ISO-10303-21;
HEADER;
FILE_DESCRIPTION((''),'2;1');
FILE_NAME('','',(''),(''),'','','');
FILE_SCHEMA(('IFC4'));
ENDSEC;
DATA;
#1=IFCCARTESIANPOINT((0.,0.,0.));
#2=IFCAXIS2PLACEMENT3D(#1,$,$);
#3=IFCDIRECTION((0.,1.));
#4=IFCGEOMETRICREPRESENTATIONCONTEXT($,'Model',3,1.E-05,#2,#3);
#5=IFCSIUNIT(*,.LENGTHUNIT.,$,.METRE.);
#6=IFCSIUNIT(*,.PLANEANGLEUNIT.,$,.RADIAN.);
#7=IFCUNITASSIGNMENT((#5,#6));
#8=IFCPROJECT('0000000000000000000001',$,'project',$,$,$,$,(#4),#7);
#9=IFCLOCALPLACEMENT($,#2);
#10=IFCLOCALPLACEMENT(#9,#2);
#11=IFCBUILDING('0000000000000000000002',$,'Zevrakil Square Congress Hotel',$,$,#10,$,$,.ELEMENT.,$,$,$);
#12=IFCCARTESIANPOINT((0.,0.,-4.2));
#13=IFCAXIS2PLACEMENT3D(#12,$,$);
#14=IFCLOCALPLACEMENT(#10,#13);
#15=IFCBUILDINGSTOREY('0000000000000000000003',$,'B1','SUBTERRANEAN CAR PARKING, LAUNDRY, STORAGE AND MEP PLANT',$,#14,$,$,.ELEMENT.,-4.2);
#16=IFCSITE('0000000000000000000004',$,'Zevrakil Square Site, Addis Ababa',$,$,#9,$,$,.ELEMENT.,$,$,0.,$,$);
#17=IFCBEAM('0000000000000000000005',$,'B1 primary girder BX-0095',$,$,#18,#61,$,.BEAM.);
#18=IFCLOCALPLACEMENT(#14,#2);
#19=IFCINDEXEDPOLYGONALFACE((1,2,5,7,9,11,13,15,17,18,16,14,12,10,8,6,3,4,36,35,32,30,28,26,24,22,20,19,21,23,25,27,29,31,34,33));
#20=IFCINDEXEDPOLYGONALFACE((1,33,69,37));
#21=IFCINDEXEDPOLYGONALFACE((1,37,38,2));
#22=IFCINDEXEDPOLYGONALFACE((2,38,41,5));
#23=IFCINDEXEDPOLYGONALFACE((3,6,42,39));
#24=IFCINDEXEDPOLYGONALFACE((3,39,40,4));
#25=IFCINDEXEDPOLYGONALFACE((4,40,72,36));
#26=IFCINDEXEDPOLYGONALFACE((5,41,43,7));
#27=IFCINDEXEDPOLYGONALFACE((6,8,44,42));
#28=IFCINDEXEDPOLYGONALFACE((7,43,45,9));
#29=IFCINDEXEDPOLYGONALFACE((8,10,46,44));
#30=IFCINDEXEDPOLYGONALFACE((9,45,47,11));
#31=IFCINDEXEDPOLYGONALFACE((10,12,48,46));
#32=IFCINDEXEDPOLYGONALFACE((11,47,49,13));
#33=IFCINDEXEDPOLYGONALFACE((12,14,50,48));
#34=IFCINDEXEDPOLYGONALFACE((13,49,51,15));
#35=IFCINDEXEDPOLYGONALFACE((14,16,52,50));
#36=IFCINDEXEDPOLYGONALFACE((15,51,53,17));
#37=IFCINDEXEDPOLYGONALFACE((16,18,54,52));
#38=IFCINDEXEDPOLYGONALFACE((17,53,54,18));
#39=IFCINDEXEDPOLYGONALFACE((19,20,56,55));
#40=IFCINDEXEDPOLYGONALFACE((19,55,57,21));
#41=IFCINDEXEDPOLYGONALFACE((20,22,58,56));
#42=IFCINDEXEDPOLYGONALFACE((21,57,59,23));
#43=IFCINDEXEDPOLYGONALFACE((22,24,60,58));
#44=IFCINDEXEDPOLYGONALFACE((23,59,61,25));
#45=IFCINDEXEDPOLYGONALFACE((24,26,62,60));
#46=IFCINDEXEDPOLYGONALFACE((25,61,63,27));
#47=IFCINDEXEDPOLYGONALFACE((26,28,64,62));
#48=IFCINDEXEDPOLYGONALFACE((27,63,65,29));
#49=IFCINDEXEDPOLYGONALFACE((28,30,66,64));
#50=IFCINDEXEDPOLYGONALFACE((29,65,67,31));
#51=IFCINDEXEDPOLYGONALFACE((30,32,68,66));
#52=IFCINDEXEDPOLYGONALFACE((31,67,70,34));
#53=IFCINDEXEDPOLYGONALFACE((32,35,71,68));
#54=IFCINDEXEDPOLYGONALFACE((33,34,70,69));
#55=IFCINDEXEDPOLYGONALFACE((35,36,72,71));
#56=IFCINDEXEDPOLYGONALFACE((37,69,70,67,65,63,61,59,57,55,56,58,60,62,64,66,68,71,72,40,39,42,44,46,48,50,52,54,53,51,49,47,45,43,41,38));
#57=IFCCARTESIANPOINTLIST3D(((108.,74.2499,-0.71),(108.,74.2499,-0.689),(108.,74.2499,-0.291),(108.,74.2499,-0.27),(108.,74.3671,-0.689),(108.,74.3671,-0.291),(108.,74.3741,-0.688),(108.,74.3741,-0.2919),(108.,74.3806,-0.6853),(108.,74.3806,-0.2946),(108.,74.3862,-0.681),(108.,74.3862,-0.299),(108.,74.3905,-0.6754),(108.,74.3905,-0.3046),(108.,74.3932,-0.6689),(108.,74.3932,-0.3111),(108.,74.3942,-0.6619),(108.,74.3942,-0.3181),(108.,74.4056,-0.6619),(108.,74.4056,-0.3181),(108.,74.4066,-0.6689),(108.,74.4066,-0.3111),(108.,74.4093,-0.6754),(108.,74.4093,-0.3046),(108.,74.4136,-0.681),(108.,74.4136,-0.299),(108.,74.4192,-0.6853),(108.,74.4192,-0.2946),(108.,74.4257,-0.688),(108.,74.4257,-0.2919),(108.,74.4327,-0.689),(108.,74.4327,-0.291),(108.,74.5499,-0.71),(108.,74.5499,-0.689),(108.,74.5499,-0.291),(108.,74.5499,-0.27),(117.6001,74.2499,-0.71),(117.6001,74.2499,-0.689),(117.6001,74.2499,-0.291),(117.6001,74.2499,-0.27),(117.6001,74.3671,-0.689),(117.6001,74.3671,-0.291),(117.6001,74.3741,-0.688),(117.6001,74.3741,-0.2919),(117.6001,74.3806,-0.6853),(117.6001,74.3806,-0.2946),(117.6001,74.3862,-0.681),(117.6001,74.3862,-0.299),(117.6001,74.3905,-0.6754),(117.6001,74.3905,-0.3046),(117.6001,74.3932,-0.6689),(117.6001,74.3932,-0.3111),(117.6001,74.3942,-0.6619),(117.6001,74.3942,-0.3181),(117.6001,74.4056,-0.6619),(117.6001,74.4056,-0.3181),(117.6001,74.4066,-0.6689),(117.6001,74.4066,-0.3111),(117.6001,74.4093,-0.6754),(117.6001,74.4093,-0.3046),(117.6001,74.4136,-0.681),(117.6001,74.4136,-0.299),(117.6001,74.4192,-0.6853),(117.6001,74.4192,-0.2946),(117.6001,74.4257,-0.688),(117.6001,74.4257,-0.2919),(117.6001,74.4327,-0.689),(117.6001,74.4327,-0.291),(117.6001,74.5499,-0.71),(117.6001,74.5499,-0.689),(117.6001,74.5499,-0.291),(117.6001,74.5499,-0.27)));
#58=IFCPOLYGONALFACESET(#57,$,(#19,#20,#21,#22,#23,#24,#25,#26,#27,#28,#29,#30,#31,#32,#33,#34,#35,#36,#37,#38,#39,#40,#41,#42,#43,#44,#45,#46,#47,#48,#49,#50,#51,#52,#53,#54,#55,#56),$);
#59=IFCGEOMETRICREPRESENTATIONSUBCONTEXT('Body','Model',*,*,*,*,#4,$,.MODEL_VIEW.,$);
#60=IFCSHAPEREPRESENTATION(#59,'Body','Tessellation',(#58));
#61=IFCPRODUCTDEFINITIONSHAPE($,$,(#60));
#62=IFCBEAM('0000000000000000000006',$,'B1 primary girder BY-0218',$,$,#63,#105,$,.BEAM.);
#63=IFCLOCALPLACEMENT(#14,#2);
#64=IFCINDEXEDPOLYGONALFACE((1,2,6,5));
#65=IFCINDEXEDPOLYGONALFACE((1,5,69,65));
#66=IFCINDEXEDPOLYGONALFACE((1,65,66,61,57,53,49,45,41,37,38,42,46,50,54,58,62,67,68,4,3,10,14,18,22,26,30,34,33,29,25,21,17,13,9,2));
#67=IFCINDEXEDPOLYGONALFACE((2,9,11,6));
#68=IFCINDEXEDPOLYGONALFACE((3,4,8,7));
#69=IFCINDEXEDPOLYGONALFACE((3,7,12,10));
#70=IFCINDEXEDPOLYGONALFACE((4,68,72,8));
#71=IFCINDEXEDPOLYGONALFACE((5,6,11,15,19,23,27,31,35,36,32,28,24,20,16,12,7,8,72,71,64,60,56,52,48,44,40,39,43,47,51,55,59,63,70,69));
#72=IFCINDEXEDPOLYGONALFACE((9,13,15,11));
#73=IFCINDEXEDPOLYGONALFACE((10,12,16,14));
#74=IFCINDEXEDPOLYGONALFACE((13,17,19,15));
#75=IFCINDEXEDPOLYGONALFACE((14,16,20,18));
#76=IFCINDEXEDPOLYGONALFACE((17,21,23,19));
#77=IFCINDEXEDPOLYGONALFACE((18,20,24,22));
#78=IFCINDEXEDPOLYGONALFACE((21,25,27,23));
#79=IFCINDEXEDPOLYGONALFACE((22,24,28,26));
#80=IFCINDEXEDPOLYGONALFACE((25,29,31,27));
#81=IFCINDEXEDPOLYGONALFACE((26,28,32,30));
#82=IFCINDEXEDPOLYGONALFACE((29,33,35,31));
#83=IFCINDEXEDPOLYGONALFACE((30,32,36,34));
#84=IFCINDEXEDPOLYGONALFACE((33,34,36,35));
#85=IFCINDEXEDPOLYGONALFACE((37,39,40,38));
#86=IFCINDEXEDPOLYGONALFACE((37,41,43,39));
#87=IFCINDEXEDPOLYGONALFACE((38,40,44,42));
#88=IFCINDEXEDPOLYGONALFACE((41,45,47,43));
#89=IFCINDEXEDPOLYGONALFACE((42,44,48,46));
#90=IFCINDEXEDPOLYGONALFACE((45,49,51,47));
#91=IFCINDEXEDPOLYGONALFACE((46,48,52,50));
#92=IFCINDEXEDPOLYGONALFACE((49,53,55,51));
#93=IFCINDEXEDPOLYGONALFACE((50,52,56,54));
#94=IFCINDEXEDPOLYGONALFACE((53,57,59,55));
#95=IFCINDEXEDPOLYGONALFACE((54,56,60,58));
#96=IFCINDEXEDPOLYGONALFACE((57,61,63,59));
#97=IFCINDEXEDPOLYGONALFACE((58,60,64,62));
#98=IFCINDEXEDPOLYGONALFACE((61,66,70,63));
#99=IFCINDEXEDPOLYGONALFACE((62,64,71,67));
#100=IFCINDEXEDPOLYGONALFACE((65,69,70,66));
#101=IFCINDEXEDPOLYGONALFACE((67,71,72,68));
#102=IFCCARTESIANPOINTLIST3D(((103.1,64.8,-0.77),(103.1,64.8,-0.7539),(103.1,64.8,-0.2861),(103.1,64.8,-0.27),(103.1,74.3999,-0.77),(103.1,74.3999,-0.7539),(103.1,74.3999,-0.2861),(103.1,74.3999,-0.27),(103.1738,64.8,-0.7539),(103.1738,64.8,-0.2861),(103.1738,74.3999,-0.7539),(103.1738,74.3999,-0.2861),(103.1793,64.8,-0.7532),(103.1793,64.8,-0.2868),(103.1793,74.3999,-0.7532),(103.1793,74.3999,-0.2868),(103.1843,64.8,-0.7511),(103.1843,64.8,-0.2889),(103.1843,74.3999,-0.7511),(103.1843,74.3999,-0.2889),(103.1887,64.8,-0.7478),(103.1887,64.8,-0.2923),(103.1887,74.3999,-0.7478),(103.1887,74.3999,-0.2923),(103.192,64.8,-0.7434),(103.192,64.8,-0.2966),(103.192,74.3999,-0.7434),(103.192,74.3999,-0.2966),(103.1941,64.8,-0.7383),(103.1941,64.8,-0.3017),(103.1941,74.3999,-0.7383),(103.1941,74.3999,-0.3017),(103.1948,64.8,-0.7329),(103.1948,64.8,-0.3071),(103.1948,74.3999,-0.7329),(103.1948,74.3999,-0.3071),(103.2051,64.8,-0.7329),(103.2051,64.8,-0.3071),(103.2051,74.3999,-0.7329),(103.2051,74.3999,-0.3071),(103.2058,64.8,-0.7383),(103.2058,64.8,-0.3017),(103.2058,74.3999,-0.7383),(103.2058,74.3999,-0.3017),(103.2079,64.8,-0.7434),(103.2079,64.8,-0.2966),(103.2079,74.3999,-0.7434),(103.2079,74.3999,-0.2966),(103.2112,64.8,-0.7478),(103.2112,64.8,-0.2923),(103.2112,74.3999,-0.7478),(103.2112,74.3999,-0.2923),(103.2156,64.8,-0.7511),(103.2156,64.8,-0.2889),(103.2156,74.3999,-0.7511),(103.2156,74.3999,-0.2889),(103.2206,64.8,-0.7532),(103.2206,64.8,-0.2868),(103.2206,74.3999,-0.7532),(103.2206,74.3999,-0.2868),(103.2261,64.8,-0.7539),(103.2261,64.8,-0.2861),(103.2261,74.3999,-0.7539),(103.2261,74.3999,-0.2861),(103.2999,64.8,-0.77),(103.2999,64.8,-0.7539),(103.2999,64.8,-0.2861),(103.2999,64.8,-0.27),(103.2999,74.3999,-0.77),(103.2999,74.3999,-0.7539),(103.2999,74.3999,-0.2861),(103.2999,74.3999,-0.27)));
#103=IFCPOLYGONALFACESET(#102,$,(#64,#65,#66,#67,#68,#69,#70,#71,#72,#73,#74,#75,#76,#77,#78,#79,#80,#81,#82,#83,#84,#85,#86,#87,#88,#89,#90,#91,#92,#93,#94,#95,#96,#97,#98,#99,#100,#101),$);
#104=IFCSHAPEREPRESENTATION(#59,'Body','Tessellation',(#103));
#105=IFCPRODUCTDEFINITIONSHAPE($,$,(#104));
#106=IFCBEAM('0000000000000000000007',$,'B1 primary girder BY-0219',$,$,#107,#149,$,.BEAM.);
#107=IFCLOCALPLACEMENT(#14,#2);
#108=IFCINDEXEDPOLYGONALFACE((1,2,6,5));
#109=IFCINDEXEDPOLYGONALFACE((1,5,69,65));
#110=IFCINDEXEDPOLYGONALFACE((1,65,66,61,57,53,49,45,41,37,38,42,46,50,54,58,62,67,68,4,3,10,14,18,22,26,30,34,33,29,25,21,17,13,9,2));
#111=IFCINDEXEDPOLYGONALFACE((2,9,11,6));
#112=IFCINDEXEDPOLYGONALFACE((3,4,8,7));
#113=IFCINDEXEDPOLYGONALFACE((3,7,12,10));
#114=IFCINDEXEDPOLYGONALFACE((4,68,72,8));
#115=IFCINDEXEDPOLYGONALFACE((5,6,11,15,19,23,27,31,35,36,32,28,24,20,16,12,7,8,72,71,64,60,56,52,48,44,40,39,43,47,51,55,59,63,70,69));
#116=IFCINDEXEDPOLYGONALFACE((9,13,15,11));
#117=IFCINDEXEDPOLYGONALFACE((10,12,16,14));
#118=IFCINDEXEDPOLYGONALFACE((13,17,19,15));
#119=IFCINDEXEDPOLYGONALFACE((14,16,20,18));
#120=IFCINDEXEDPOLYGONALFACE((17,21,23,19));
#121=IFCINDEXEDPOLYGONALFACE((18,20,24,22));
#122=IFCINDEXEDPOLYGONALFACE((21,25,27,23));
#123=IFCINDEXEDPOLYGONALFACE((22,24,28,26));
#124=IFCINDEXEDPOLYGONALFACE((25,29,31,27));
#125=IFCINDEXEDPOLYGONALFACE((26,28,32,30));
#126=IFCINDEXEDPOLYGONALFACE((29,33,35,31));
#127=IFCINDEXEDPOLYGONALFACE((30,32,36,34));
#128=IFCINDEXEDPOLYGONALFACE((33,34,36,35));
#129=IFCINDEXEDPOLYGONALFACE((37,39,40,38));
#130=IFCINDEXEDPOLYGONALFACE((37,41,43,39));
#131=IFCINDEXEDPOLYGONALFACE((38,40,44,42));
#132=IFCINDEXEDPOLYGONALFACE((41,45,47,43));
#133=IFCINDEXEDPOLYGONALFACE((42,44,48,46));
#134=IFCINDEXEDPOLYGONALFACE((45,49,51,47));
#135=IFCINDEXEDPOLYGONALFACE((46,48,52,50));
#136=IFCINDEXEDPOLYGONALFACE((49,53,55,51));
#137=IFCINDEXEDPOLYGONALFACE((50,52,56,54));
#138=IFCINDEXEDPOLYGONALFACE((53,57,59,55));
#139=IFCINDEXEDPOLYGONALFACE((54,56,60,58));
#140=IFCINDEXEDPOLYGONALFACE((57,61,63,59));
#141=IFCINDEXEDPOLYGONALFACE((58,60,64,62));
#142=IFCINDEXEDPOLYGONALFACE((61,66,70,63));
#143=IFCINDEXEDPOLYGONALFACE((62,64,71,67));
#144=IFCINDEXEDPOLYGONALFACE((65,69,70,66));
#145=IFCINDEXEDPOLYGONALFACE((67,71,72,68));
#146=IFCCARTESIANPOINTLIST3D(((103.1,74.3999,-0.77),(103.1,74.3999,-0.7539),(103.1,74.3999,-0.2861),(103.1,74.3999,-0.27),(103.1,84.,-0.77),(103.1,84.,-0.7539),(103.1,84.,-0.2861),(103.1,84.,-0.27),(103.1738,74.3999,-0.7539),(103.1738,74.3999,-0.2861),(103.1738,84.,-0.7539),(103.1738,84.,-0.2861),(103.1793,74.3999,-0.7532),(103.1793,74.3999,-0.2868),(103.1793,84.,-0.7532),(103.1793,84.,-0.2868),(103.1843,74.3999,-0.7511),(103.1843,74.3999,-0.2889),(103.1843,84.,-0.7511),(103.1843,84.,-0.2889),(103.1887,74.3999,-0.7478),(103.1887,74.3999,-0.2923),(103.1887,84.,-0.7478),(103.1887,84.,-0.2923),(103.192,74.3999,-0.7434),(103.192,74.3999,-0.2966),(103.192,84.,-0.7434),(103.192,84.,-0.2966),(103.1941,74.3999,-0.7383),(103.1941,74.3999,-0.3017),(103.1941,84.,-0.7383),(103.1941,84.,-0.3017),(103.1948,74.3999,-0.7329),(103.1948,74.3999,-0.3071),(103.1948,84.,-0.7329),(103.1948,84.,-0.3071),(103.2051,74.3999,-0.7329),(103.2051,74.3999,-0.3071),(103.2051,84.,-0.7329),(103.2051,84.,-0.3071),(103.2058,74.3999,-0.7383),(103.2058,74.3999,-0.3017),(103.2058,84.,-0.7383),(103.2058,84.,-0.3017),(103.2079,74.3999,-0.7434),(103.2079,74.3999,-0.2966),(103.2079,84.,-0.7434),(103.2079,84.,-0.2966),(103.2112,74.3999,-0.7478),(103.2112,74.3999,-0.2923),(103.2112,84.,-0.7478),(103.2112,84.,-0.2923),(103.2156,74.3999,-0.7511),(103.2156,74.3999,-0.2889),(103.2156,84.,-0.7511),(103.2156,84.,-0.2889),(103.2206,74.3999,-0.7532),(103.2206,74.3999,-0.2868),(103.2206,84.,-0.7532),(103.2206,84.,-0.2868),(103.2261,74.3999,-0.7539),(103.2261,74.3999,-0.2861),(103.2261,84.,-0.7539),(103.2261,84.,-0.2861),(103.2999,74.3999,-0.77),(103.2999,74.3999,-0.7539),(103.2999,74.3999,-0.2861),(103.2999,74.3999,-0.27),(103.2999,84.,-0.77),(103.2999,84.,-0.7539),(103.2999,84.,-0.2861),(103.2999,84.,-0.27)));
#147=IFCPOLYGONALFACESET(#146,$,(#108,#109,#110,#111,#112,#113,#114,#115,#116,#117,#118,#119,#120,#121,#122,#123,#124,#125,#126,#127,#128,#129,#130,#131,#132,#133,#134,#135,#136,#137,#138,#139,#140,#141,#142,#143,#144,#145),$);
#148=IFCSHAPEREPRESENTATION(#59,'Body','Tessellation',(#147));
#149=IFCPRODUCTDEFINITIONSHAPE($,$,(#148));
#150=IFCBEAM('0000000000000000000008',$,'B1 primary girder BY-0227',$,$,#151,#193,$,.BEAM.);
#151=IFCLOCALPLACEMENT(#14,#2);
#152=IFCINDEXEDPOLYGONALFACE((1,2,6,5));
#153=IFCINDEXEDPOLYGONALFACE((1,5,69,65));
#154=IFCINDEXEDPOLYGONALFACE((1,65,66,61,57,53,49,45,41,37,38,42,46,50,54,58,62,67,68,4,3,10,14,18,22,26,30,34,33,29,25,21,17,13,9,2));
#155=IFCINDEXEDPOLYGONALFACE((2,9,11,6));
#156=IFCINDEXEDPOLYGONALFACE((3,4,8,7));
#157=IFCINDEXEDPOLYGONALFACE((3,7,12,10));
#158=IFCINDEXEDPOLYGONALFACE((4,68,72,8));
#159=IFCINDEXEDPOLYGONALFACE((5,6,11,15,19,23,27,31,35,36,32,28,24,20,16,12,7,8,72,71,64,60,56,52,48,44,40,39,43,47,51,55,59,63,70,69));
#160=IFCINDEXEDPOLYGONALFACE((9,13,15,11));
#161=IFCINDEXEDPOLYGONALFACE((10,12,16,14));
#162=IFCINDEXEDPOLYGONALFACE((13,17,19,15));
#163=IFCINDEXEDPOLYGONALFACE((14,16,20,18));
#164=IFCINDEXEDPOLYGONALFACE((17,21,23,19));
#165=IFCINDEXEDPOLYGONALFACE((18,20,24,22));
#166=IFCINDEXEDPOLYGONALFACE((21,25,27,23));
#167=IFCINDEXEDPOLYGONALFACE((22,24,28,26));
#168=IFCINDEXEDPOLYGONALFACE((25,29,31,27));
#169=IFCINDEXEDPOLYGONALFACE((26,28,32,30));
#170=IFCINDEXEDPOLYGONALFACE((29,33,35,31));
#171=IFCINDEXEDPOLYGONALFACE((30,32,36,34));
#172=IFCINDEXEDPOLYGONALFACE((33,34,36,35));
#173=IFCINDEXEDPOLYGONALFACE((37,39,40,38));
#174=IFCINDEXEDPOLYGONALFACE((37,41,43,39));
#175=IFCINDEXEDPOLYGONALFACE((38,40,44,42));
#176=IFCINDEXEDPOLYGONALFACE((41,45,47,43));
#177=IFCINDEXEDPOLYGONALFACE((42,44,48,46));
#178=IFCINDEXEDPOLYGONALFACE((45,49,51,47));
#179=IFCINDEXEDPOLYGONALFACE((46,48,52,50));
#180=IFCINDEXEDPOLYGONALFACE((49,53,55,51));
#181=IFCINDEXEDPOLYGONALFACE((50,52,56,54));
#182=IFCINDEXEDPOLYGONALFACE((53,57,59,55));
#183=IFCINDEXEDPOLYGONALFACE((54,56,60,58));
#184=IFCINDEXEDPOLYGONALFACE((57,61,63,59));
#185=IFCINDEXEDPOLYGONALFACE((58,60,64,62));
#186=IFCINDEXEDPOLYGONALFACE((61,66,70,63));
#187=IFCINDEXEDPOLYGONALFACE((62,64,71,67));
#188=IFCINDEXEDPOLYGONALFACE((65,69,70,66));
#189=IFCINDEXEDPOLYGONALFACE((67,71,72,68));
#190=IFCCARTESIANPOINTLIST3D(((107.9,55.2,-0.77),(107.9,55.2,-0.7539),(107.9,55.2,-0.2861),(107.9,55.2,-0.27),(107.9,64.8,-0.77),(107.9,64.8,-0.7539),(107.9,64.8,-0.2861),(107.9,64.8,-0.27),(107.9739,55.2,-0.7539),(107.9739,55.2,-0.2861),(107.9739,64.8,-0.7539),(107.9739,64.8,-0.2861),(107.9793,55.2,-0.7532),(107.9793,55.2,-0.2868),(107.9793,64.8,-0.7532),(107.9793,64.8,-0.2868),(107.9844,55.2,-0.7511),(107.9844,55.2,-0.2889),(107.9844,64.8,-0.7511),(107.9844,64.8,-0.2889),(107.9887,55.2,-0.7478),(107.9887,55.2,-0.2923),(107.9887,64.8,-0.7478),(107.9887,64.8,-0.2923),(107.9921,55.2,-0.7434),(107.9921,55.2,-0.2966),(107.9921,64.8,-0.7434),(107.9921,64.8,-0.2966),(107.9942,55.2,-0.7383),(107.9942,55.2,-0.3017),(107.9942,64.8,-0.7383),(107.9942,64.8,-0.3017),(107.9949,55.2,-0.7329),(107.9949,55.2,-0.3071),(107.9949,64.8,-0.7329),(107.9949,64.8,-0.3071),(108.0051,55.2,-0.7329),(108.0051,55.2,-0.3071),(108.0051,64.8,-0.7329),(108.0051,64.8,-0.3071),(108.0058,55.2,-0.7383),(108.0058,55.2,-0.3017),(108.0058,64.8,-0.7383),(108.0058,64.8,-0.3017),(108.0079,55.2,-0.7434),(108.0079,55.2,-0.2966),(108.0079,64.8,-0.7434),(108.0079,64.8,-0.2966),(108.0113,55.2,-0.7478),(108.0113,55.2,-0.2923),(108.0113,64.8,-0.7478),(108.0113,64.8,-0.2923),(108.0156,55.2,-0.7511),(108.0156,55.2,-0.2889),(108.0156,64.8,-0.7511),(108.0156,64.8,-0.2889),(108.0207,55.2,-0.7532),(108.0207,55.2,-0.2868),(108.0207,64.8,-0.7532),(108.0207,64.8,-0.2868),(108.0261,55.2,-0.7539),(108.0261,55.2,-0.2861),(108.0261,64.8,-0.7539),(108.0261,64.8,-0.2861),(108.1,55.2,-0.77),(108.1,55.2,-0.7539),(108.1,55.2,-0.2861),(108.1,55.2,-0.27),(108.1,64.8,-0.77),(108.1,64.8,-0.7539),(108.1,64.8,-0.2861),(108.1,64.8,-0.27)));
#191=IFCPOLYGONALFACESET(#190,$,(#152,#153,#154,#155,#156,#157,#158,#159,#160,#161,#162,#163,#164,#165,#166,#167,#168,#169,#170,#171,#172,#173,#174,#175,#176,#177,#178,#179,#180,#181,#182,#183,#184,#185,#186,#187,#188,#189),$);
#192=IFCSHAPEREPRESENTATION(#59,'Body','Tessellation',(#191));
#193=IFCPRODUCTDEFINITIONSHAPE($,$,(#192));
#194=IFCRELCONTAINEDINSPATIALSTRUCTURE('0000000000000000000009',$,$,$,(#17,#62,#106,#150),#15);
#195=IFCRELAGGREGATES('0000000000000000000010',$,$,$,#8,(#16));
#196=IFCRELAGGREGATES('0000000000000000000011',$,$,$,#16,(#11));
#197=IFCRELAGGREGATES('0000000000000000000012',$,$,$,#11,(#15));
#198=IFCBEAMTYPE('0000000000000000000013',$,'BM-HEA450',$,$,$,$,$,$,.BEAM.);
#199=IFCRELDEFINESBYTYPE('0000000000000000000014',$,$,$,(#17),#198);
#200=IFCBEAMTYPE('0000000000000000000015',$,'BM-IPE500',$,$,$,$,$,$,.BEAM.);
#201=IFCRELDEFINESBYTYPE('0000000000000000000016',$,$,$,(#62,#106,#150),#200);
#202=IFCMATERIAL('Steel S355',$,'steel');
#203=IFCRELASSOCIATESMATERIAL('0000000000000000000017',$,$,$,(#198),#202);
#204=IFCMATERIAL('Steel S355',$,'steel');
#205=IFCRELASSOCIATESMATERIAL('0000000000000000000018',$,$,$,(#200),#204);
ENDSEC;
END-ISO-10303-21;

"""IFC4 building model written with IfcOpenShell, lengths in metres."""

from ifc_helpers import new_model, si_unit, direction, frame, origin, origin_2d, place, context, subcontext, project, spatial, i_section, extrude, material, material_profile, profile_set, type_object, element, save


model = new_model("IFC4")

# Units and contexts
model_context = context("Model", 3, precision=1e-05, world=origin(), true_north=direction((0.0, 1.0)))
body_context = subcontext(model_context, "Body", "Model", "MODEL_VIEW")
ifc_project = project(units=[si_unit("LENGTHUNIT", "METRE"), si_unit("PLANEANGLEUNIT", "RADIAN")], contexts=[model_context])

# Site, building, storey
site_placement = place(None, origin())
site = spatial("IfcSite", under=ifc_project, at=site_placement, Name="Zevrakil Square Site, Addis Ababa", CompositionType="ELEMENT", RefElevation=0.0)
building_placement = place(site_placement, origin())
building = spatial("IfcBuilding", under=site, at=building_placement, Name="Zevrakil Square Congress Hotel", CompositionType="ELEMENT")
storey_placement = place(building_placement, frame((0.0, 0.0, -4.2)))
storey = spatial("IfcBuildingStorey", under=building, at=storey_placement, Name="B1", Description="SUBTERRANEAN CAR PARKING, LAUNDRY, STORAGE AND MEP PLANT", CompositionType="ELEMENT", Elevation=-4.2)

# Beams
ifc_material_1 = material(Name="Steel S355", Category="steel")
ifc_material_profile_1 = material_profile(ifc_material_1, i_section(OverallWidth=0.3, OverallDepth=0.4399, WebThickness=0.0115, FlangeThickness=0.021, FilletRadius=0.0271, at=origin_2d()), Name="HEA 450")
ifc_profile_set_1 = profile_set([ifc_material_profile_1], Name="Steel S355")
beam_type_1 = type_object("IfcBeamType", Name="BM-HEA450", PredefinedType="BEAM", material=ifc_profile_set_1)
for number, where, z_axis, x_axis, name in (
    (1, (108.0, 74.3999, -0.49), (1.0, 0.0, 0.0), (0.0, 1.0, 0.0), "B1 primary girder BX-0095"),
):
    element("IfcBeam", number, at=place(storey_placement, frame(where, z_axis=z_axis, x_axis=x_axis)), inside=storey, type_object=beam_type_1, Name=name, PredefinedType="BEAM", context=body_context, shape_type="SweptSolid", body=[
        extrude(i_section(OverallWidth=0.3, OverallDepth=0.4399, WebThickness=0.0115, FlangeThickness=0.021, FilletRadius=0.0271, at=origin_2d()), origin(), (0.0, 0.0, 1.0), 9.6001),
    ])
ifc_material_2 = material(Name="Steel S355", Category="steel")
ifc_material_profile_2 = material_profile(ifc_material_2, i_section(OverallWidth=0.2, OverallDepth=0.5, WebThickness=0.0103, FlangeThickness=0.0161, FilletRadius=0.021, at=origin_2d()), Name="IPE 500")
ifc_profile_set_2 = profile_set([ifc_material_profile_2], Name="Steel S355")
beam_type_2 = type_object("IfcBeamType", Name="BM-IPE500", PredefinedType="BEAM", material=ifc_profile_set_2)
beam_1_placement = place(storey_placement, frame((103.2, 64.8, -0.52), z_axis=(0.0, 1.0, 0.0), x_axis=(-1.0, 0.0, 0.0)))
element("IfcBeam", 2, at=beam_1_placement, inside=storey, type_object=beam_type_2, Name="B1 primary girder BY-0218", PredefinedType="BEAM", context=body_context, shape_type="SweptSolid", body=[
    extrude(i_section(OverallWidth=0.2, OverallDepth=0.5, WebThickness=0.0103, FlangeThickness=0.0161, FilletRadius=0.021, at=origin_2d()), origin(), (0.0, 0.0, 1.0), 9.5999),
])
for number, where, z_axis, x_axis, name in (
    (3, (103.2, 74.3999, -0.52), (0.0, 1.0, 0.0), (-1.0, 0.0, 0.0), "B1 primary girder BY-0219"),
    (4, (108.0, 55.2, -0.52), (0.0, 1.0, 0.0), (-1.0, 0.0, 0.0), "B1 primary girder BY-0227"),
):
    element("IfcBeam", number, at=place(storey_placement, frame(where, z_axis=z_axis, x_axis=x_axis)), inside=storey, type_object=beam_type_2, Name=name, PredefinedType="BEAM", context=body_context, shape_type="SweptSolid", body=[
        extrude(i_section(OverallWidth=0.2, OverallDepth=0.5, WebThickness=0.0103, FlangeThickness=0.0161, FilletRadius=0.021, at=origin_2d()), origin(), (0.0, 0.0, 1.0), 9.6001),
    ])

save(model, "model.ifc")
